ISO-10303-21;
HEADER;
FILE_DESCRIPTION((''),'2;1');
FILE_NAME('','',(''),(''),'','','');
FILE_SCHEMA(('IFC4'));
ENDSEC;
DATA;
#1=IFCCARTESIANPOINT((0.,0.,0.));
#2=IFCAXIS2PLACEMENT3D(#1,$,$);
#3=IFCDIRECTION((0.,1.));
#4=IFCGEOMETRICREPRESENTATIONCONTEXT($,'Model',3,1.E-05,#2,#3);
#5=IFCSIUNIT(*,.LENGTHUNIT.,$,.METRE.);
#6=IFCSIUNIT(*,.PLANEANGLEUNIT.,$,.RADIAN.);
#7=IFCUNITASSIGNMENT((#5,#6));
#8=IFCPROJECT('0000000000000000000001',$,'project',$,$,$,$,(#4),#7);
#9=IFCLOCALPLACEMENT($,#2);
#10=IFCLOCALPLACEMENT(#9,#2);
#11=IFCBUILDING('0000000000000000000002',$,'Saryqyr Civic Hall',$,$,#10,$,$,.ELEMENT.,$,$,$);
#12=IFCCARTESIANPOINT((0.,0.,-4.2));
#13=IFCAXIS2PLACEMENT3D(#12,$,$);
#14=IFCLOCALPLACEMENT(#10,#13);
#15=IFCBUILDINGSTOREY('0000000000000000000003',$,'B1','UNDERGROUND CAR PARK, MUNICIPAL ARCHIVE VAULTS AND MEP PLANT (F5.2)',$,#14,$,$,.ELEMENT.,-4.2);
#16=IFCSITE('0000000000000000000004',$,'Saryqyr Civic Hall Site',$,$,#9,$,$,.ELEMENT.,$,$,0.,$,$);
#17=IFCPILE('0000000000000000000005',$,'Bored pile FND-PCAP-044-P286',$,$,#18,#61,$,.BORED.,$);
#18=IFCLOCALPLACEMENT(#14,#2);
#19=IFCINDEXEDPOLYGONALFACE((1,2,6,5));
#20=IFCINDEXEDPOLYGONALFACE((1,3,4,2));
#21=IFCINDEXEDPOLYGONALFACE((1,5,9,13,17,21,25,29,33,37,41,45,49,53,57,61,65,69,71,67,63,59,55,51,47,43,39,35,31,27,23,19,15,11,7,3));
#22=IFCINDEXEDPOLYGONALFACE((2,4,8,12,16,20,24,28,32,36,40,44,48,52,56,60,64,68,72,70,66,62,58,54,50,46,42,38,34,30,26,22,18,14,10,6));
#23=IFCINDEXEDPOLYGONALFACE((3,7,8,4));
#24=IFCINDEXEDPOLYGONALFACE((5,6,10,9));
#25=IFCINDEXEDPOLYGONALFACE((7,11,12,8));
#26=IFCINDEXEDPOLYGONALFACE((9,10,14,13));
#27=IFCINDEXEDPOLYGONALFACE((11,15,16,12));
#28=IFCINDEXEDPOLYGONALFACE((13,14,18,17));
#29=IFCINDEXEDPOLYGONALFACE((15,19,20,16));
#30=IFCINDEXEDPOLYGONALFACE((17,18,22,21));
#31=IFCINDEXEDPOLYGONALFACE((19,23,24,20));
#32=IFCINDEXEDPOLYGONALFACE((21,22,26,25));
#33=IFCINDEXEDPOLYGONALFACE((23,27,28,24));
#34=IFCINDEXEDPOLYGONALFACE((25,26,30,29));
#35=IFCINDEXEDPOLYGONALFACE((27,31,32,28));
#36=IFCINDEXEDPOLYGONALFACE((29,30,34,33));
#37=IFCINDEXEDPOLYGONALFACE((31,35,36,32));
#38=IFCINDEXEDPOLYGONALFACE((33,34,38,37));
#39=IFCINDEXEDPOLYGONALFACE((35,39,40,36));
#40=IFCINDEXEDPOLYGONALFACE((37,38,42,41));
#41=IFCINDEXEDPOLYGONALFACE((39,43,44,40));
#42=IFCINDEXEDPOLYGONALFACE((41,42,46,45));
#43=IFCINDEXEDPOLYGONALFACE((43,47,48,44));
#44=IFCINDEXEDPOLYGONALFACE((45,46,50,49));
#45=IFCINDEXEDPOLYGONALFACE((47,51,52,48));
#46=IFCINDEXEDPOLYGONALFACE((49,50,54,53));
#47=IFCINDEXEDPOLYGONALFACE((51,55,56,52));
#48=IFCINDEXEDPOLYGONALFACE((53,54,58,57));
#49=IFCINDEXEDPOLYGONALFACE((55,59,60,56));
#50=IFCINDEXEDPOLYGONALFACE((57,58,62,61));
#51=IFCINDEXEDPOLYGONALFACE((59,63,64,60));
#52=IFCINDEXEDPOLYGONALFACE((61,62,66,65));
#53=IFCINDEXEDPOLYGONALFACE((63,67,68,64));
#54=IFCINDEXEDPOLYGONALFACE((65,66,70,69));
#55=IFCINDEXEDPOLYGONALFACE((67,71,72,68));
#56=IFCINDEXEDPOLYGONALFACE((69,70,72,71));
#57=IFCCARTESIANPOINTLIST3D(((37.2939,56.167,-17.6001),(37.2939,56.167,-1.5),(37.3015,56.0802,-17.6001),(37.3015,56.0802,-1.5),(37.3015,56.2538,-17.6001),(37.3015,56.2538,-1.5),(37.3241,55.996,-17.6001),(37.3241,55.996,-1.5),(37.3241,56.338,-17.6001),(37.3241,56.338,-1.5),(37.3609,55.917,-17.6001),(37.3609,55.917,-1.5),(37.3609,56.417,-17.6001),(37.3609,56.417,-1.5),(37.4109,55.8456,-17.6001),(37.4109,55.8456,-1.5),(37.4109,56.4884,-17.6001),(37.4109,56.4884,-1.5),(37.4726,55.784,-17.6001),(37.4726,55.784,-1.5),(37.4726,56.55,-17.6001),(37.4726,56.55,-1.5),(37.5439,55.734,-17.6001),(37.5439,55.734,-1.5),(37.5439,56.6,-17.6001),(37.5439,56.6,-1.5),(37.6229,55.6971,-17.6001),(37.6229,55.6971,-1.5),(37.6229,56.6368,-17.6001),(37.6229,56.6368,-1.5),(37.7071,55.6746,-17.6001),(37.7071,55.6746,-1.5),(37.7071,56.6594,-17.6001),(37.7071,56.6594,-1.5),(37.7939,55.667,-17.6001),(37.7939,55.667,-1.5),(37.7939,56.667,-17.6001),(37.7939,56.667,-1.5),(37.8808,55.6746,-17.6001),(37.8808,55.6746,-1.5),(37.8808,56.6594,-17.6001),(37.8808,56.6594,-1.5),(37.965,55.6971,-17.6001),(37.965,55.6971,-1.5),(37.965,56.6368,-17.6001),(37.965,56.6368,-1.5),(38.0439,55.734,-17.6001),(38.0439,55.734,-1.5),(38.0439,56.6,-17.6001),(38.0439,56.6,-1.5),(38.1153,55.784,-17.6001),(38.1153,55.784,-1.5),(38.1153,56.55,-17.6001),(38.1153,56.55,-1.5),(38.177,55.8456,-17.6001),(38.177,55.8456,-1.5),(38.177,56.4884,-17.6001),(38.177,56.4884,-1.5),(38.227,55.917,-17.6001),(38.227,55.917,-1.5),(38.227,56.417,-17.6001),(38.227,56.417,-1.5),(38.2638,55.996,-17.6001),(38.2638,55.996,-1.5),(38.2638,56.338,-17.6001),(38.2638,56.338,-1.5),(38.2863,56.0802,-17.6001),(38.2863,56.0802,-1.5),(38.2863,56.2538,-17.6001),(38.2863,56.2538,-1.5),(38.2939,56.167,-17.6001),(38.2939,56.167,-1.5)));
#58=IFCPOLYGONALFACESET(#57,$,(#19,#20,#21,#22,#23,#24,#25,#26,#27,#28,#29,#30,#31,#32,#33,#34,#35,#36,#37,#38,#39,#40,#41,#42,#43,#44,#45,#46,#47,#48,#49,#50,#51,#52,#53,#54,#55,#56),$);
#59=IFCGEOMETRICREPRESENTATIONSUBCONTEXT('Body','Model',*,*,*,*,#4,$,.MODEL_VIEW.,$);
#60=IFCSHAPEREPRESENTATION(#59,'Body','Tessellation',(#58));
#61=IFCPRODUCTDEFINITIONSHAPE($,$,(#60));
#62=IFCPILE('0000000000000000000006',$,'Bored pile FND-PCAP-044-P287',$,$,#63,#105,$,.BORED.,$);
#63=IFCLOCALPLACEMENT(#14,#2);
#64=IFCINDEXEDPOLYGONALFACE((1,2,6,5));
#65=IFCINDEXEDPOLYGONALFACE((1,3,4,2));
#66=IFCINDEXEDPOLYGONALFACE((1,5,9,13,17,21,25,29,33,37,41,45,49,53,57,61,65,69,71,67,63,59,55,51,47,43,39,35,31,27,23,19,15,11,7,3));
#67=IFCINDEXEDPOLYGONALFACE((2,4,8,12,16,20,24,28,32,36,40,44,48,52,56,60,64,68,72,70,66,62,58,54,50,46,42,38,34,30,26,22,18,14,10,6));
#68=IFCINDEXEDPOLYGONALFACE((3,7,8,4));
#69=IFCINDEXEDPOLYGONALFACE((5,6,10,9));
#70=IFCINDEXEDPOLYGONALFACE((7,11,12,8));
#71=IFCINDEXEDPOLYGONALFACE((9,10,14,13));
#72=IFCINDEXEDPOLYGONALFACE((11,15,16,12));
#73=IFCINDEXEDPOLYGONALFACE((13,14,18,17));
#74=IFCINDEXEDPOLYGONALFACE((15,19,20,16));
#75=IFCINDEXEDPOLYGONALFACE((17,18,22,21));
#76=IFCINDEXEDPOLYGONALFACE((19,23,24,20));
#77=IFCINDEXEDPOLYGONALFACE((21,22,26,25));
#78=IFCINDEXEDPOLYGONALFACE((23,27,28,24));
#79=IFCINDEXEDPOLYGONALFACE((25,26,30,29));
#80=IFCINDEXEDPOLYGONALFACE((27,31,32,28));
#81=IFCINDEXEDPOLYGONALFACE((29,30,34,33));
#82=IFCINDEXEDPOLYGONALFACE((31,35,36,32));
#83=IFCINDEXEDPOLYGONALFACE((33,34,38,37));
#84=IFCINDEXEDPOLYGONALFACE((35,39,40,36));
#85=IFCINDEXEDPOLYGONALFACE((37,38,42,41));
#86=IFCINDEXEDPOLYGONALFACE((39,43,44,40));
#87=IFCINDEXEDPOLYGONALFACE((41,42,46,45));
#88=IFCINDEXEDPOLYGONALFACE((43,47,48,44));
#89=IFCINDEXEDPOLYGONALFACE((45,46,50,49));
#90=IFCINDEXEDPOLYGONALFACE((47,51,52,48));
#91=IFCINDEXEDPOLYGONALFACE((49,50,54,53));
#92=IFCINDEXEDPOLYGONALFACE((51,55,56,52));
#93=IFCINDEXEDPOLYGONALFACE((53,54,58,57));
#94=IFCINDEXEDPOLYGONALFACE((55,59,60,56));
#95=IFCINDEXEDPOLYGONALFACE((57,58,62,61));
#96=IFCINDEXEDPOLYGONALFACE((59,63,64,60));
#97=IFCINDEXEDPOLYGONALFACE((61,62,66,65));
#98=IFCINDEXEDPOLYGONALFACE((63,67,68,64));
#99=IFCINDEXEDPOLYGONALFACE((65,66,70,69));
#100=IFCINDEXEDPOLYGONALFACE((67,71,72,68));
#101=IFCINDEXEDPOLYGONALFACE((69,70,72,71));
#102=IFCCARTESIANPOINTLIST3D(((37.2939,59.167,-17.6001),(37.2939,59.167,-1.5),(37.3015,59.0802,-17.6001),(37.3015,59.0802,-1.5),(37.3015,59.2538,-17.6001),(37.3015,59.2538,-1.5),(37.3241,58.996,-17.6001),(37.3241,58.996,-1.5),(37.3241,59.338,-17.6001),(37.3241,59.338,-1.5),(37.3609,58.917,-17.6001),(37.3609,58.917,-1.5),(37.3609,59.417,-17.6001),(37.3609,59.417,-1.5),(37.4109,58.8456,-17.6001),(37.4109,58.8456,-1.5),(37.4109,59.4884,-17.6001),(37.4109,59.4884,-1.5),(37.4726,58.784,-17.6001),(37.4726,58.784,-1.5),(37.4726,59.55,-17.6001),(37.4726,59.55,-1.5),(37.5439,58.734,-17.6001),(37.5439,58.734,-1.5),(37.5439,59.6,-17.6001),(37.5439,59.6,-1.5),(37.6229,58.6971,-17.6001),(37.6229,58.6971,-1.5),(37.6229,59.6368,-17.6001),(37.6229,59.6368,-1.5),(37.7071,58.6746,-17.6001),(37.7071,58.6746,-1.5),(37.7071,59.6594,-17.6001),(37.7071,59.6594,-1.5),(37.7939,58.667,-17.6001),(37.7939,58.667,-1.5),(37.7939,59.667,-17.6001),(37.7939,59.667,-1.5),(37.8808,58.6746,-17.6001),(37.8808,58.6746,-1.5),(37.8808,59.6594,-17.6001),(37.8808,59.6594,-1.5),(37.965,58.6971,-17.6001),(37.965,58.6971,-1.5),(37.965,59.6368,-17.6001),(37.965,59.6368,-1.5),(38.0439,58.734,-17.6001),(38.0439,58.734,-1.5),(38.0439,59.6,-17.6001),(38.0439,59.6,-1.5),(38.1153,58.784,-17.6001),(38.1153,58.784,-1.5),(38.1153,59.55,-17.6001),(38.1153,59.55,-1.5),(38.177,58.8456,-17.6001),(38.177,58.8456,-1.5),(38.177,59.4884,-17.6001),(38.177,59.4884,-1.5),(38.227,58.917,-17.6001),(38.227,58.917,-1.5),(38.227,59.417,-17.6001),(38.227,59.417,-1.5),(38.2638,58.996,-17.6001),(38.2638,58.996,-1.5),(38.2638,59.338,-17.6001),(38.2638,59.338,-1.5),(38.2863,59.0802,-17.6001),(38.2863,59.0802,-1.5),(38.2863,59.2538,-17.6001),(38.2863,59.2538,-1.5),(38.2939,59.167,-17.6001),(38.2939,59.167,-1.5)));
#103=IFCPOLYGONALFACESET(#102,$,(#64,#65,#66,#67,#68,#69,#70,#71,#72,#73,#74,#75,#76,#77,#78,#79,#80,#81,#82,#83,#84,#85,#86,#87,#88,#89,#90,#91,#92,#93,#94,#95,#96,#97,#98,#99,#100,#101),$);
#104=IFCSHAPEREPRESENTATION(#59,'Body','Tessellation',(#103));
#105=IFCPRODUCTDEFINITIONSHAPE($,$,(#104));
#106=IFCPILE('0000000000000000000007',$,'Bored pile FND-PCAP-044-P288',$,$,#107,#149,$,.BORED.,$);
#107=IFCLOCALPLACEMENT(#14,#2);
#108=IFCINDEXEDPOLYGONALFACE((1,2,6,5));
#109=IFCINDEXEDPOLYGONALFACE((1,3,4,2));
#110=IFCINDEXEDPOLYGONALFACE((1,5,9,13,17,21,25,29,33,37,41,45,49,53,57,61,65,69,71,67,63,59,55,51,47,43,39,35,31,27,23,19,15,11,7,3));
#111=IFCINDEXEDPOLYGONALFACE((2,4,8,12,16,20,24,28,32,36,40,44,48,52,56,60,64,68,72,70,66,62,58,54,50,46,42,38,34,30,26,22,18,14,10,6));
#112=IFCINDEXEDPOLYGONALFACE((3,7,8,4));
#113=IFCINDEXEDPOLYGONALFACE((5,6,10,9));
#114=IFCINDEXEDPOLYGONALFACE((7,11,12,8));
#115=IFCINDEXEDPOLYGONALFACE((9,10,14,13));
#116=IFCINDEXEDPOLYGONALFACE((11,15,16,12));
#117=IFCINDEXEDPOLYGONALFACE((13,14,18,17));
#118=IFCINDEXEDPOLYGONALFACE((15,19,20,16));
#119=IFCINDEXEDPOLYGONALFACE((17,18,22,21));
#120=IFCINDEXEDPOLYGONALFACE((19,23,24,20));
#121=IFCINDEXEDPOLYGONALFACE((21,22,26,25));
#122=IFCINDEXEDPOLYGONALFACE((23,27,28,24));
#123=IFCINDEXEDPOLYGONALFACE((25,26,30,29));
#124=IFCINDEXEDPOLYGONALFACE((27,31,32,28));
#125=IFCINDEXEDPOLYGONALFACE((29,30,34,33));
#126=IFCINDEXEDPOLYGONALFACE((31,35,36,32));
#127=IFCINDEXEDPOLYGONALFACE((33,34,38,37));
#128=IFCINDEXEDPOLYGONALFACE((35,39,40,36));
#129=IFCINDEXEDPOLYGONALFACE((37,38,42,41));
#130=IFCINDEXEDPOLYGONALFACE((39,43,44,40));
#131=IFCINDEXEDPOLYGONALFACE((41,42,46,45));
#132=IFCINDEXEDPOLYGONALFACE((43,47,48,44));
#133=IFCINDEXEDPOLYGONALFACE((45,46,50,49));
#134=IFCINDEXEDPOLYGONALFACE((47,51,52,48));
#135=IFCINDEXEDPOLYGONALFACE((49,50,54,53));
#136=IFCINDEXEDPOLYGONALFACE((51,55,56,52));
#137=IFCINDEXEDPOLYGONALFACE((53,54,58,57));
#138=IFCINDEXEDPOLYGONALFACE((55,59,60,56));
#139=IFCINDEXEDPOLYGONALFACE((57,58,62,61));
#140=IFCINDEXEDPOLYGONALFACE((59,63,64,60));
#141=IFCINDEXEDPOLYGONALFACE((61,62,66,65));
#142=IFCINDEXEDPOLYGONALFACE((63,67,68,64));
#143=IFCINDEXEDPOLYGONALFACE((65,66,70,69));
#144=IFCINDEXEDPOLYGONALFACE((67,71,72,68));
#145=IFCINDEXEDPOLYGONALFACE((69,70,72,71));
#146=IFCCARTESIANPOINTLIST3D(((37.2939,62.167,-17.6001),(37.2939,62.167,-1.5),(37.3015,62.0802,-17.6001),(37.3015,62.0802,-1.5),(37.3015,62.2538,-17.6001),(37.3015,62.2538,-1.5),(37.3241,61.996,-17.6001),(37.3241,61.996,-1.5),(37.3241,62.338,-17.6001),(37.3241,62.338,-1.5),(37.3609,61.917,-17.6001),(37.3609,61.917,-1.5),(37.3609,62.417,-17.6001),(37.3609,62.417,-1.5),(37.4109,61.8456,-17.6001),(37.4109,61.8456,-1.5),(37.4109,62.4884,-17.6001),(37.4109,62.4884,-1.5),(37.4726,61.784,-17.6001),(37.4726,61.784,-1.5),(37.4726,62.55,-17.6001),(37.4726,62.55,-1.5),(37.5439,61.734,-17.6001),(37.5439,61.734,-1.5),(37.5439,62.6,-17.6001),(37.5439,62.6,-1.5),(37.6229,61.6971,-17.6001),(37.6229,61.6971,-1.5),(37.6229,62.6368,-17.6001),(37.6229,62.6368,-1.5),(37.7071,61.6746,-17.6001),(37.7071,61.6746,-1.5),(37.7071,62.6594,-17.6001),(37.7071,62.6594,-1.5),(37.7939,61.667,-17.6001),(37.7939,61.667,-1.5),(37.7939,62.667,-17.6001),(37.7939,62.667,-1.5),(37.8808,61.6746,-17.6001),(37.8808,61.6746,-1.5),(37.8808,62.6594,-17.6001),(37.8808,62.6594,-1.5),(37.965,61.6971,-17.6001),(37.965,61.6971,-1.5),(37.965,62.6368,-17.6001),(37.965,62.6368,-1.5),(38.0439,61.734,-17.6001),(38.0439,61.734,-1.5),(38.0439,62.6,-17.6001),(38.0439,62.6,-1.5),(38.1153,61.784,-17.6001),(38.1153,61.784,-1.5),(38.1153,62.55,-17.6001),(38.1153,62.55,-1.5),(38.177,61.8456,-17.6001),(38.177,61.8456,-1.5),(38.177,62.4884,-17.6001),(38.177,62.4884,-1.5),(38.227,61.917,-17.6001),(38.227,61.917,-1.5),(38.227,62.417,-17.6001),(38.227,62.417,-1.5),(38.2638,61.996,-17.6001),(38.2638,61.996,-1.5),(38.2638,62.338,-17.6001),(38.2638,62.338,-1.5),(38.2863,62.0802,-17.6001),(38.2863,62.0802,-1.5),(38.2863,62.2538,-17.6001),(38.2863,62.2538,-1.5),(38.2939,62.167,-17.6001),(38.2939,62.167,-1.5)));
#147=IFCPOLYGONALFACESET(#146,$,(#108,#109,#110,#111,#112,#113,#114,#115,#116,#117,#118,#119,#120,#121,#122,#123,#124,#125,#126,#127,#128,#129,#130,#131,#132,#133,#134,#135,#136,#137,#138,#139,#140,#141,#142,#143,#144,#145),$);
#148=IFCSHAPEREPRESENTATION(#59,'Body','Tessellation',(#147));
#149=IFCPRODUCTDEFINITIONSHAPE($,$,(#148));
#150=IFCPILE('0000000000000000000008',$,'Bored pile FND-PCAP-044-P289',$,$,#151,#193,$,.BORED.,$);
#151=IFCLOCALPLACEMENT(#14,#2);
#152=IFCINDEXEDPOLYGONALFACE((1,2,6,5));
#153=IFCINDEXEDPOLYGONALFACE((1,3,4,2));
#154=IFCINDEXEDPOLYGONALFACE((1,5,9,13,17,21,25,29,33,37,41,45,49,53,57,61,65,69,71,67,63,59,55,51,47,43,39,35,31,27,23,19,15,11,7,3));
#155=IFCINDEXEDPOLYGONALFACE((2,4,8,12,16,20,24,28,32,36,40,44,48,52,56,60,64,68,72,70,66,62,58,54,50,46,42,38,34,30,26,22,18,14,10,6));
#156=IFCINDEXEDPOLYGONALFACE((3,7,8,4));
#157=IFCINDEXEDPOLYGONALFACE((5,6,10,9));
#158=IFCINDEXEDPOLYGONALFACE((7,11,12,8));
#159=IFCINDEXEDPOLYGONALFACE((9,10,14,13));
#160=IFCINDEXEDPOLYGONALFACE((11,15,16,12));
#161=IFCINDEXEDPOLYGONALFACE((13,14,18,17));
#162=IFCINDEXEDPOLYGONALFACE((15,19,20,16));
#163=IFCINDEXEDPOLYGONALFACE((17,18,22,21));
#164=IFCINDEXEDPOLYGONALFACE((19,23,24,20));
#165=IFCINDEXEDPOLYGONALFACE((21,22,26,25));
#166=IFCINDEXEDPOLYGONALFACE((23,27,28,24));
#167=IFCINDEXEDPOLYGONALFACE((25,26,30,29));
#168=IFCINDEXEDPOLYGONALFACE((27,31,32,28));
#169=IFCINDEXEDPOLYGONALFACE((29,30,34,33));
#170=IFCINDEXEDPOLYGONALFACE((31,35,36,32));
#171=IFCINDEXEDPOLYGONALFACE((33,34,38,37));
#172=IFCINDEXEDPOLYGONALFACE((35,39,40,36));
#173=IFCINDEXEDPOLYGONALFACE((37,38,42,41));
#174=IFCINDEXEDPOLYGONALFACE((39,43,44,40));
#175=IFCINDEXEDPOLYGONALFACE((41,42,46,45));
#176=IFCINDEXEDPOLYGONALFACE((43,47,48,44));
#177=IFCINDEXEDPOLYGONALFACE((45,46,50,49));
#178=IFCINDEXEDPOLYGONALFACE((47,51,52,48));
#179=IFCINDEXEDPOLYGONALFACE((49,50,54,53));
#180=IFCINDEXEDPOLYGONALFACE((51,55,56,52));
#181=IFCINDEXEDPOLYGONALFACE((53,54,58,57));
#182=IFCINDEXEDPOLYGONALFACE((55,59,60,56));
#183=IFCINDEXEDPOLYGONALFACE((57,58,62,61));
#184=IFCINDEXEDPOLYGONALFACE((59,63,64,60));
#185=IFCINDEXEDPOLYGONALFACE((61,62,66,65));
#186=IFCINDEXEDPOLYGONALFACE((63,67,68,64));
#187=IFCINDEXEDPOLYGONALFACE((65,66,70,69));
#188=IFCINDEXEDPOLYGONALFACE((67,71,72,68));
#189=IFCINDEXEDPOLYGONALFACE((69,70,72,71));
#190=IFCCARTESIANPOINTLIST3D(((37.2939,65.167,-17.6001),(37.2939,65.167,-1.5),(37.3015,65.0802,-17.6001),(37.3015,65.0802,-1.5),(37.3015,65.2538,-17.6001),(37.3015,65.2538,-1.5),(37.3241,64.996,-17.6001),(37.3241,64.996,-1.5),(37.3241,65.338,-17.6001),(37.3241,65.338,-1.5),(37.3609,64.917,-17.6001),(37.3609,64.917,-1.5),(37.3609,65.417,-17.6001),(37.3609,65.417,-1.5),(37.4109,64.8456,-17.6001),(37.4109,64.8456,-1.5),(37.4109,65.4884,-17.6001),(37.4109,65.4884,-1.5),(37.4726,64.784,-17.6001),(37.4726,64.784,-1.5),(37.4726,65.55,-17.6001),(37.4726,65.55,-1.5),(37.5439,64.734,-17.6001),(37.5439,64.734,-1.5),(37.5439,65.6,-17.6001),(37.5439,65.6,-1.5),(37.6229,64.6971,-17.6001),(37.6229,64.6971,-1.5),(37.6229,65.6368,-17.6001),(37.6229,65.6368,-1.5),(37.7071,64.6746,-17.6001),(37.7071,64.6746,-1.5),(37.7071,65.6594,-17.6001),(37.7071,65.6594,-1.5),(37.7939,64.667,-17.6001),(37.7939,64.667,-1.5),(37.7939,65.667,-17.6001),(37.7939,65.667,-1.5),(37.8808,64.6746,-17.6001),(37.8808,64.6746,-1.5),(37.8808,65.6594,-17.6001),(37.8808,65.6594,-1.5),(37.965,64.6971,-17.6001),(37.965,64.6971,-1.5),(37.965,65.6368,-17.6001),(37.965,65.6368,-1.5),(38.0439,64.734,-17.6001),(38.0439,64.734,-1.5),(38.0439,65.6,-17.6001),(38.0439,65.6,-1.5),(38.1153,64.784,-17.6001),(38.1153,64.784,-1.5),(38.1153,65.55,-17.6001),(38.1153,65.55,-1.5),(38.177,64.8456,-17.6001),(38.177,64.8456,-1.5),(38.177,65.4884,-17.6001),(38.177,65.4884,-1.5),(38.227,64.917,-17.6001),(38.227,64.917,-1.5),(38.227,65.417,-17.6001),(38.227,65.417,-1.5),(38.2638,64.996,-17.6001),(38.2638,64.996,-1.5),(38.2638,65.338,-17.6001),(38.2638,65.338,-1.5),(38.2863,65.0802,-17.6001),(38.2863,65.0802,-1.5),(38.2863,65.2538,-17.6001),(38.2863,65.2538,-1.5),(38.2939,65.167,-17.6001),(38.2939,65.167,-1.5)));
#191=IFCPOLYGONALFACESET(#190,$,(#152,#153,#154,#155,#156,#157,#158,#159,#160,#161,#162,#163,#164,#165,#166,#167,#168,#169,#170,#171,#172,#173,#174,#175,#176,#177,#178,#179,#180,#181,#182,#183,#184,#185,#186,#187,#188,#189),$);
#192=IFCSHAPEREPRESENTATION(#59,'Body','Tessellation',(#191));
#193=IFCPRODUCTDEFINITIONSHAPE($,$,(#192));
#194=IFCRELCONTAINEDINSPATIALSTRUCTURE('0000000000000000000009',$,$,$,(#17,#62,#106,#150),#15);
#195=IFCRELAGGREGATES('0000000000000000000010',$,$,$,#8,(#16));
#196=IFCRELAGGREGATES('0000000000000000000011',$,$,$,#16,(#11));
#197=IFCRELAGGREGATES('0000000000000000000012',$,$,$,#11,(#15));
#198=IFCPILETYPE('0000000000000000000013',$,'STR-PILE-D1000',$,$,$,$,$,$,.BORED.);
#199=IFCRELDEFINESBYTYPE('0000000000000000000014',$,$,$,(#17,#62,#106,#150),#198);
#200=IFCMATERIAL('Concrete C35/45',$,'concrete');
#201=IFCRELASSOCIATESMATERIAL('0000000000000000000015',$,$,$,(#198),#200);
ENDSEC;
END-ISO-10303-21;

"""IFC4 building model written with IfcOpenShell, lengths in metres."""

from ifc_helpers import new_model, si_unit, direction, frame, origin, origin_2d, place, context, subcontext, project, spatial, circle, extrude, material, material_profile, profile_set, type_object, element, save


model = new_model("IFC4")

# Units and contexts
model_context = context("Model", 3, precision=1e-05, world=origin(), true_north=direction((0.0, 1.0)))
body_context = subcontext(model_context, "Body", "Model", "MODEL_VIEW")
ifc_project = project(units=[si_unit("LENGTHUNIT", "METRE"), si_unit("PLANEANGLEUNIT", "RADIAN")], contexts=[model_context])

# Site, building, storey
site_placement = place(None, origin())
site = spatial("IfcSite", under=ifc_project, at=site_placement, Name="Saryqyr Civic Hall Site", CompositionType="ELEMENT", RefElevation=0.0)
building_placement = place(site_placement, origin())
building = spatial("IfcBuilding", under=site, at=building_placement, Name="Saryqyr Civic Hall", CompositionType="ELEMENT")
storey_placement = place(building_placement, frame((0.0, 0.0, -4.2)))
storey = spatial("IfcBuildingStorey", under=building, at=storey_placement, Name="B1", Description="UNDERGROUND CAR PARK, MUNICIPAL ARCHIVE VAULTS AND MEP PLANT (F5.2)", CompositionType="ELEMENT", Elevation=-4.2)

# Piles
ifc_material_1 = material(Name="Concrete C35/45", Category="concrete")
ifc_material_profile_1 = material_profile(ifc_material_1, circle(Radius=0.5, at=origin_2d()), Name="BORED PILE D1000")
ifc_profile_set_1 = profile_set([ifc_material_profile_1], Name="Concrete C35/45")
pile_type = type_object("IfcPileType", Name="STR-PILE-D1000", PredefinedType="BORED", material=ifc_profile_set_1)
for number, where, z_axis, x_axis, name in (
    (1, (37.7939, 56.167, -1.5), (0.0, 0.0, -1.0), (1.0, 0.0, 0.0), "Bored pile FND-PCAP-044-P286"),
    (2, (37.7939, 59.167, -1.5), (0.0, 0.0, -1.0), (1.0, 0.0, 0.0), "Bored pile FND-PCAP-044-P287"),
    (3, (37.7939, 62.167, -1.5), (0.0, 0.0, -1.0), (1.0, 0.0, 0.0), "Bored pile FND-PCAP-044-P288"),
    (4, (37.7939, 65.167, -1.5), (0.0, 0.0, -1.0), (1.0, 0.0, 0.0), "Bored pile FND-PCAP-044-P289"),
):
    element("IfcPile", number, at=place(storey_placement, frame(where, z_axis=z_axis, x_axis=x_axis)), inside=storey, type_object=pile_type, Name=name, PredefinedType="BORED", context=body_context, shape_type="SweptSolid", body=[
        extrude(circle(Radius=0.5, at=origin_2d()), origin(), (0.0, 0.0, 1.0), 16.1001),
    ])

save(model, "model.ifc")
